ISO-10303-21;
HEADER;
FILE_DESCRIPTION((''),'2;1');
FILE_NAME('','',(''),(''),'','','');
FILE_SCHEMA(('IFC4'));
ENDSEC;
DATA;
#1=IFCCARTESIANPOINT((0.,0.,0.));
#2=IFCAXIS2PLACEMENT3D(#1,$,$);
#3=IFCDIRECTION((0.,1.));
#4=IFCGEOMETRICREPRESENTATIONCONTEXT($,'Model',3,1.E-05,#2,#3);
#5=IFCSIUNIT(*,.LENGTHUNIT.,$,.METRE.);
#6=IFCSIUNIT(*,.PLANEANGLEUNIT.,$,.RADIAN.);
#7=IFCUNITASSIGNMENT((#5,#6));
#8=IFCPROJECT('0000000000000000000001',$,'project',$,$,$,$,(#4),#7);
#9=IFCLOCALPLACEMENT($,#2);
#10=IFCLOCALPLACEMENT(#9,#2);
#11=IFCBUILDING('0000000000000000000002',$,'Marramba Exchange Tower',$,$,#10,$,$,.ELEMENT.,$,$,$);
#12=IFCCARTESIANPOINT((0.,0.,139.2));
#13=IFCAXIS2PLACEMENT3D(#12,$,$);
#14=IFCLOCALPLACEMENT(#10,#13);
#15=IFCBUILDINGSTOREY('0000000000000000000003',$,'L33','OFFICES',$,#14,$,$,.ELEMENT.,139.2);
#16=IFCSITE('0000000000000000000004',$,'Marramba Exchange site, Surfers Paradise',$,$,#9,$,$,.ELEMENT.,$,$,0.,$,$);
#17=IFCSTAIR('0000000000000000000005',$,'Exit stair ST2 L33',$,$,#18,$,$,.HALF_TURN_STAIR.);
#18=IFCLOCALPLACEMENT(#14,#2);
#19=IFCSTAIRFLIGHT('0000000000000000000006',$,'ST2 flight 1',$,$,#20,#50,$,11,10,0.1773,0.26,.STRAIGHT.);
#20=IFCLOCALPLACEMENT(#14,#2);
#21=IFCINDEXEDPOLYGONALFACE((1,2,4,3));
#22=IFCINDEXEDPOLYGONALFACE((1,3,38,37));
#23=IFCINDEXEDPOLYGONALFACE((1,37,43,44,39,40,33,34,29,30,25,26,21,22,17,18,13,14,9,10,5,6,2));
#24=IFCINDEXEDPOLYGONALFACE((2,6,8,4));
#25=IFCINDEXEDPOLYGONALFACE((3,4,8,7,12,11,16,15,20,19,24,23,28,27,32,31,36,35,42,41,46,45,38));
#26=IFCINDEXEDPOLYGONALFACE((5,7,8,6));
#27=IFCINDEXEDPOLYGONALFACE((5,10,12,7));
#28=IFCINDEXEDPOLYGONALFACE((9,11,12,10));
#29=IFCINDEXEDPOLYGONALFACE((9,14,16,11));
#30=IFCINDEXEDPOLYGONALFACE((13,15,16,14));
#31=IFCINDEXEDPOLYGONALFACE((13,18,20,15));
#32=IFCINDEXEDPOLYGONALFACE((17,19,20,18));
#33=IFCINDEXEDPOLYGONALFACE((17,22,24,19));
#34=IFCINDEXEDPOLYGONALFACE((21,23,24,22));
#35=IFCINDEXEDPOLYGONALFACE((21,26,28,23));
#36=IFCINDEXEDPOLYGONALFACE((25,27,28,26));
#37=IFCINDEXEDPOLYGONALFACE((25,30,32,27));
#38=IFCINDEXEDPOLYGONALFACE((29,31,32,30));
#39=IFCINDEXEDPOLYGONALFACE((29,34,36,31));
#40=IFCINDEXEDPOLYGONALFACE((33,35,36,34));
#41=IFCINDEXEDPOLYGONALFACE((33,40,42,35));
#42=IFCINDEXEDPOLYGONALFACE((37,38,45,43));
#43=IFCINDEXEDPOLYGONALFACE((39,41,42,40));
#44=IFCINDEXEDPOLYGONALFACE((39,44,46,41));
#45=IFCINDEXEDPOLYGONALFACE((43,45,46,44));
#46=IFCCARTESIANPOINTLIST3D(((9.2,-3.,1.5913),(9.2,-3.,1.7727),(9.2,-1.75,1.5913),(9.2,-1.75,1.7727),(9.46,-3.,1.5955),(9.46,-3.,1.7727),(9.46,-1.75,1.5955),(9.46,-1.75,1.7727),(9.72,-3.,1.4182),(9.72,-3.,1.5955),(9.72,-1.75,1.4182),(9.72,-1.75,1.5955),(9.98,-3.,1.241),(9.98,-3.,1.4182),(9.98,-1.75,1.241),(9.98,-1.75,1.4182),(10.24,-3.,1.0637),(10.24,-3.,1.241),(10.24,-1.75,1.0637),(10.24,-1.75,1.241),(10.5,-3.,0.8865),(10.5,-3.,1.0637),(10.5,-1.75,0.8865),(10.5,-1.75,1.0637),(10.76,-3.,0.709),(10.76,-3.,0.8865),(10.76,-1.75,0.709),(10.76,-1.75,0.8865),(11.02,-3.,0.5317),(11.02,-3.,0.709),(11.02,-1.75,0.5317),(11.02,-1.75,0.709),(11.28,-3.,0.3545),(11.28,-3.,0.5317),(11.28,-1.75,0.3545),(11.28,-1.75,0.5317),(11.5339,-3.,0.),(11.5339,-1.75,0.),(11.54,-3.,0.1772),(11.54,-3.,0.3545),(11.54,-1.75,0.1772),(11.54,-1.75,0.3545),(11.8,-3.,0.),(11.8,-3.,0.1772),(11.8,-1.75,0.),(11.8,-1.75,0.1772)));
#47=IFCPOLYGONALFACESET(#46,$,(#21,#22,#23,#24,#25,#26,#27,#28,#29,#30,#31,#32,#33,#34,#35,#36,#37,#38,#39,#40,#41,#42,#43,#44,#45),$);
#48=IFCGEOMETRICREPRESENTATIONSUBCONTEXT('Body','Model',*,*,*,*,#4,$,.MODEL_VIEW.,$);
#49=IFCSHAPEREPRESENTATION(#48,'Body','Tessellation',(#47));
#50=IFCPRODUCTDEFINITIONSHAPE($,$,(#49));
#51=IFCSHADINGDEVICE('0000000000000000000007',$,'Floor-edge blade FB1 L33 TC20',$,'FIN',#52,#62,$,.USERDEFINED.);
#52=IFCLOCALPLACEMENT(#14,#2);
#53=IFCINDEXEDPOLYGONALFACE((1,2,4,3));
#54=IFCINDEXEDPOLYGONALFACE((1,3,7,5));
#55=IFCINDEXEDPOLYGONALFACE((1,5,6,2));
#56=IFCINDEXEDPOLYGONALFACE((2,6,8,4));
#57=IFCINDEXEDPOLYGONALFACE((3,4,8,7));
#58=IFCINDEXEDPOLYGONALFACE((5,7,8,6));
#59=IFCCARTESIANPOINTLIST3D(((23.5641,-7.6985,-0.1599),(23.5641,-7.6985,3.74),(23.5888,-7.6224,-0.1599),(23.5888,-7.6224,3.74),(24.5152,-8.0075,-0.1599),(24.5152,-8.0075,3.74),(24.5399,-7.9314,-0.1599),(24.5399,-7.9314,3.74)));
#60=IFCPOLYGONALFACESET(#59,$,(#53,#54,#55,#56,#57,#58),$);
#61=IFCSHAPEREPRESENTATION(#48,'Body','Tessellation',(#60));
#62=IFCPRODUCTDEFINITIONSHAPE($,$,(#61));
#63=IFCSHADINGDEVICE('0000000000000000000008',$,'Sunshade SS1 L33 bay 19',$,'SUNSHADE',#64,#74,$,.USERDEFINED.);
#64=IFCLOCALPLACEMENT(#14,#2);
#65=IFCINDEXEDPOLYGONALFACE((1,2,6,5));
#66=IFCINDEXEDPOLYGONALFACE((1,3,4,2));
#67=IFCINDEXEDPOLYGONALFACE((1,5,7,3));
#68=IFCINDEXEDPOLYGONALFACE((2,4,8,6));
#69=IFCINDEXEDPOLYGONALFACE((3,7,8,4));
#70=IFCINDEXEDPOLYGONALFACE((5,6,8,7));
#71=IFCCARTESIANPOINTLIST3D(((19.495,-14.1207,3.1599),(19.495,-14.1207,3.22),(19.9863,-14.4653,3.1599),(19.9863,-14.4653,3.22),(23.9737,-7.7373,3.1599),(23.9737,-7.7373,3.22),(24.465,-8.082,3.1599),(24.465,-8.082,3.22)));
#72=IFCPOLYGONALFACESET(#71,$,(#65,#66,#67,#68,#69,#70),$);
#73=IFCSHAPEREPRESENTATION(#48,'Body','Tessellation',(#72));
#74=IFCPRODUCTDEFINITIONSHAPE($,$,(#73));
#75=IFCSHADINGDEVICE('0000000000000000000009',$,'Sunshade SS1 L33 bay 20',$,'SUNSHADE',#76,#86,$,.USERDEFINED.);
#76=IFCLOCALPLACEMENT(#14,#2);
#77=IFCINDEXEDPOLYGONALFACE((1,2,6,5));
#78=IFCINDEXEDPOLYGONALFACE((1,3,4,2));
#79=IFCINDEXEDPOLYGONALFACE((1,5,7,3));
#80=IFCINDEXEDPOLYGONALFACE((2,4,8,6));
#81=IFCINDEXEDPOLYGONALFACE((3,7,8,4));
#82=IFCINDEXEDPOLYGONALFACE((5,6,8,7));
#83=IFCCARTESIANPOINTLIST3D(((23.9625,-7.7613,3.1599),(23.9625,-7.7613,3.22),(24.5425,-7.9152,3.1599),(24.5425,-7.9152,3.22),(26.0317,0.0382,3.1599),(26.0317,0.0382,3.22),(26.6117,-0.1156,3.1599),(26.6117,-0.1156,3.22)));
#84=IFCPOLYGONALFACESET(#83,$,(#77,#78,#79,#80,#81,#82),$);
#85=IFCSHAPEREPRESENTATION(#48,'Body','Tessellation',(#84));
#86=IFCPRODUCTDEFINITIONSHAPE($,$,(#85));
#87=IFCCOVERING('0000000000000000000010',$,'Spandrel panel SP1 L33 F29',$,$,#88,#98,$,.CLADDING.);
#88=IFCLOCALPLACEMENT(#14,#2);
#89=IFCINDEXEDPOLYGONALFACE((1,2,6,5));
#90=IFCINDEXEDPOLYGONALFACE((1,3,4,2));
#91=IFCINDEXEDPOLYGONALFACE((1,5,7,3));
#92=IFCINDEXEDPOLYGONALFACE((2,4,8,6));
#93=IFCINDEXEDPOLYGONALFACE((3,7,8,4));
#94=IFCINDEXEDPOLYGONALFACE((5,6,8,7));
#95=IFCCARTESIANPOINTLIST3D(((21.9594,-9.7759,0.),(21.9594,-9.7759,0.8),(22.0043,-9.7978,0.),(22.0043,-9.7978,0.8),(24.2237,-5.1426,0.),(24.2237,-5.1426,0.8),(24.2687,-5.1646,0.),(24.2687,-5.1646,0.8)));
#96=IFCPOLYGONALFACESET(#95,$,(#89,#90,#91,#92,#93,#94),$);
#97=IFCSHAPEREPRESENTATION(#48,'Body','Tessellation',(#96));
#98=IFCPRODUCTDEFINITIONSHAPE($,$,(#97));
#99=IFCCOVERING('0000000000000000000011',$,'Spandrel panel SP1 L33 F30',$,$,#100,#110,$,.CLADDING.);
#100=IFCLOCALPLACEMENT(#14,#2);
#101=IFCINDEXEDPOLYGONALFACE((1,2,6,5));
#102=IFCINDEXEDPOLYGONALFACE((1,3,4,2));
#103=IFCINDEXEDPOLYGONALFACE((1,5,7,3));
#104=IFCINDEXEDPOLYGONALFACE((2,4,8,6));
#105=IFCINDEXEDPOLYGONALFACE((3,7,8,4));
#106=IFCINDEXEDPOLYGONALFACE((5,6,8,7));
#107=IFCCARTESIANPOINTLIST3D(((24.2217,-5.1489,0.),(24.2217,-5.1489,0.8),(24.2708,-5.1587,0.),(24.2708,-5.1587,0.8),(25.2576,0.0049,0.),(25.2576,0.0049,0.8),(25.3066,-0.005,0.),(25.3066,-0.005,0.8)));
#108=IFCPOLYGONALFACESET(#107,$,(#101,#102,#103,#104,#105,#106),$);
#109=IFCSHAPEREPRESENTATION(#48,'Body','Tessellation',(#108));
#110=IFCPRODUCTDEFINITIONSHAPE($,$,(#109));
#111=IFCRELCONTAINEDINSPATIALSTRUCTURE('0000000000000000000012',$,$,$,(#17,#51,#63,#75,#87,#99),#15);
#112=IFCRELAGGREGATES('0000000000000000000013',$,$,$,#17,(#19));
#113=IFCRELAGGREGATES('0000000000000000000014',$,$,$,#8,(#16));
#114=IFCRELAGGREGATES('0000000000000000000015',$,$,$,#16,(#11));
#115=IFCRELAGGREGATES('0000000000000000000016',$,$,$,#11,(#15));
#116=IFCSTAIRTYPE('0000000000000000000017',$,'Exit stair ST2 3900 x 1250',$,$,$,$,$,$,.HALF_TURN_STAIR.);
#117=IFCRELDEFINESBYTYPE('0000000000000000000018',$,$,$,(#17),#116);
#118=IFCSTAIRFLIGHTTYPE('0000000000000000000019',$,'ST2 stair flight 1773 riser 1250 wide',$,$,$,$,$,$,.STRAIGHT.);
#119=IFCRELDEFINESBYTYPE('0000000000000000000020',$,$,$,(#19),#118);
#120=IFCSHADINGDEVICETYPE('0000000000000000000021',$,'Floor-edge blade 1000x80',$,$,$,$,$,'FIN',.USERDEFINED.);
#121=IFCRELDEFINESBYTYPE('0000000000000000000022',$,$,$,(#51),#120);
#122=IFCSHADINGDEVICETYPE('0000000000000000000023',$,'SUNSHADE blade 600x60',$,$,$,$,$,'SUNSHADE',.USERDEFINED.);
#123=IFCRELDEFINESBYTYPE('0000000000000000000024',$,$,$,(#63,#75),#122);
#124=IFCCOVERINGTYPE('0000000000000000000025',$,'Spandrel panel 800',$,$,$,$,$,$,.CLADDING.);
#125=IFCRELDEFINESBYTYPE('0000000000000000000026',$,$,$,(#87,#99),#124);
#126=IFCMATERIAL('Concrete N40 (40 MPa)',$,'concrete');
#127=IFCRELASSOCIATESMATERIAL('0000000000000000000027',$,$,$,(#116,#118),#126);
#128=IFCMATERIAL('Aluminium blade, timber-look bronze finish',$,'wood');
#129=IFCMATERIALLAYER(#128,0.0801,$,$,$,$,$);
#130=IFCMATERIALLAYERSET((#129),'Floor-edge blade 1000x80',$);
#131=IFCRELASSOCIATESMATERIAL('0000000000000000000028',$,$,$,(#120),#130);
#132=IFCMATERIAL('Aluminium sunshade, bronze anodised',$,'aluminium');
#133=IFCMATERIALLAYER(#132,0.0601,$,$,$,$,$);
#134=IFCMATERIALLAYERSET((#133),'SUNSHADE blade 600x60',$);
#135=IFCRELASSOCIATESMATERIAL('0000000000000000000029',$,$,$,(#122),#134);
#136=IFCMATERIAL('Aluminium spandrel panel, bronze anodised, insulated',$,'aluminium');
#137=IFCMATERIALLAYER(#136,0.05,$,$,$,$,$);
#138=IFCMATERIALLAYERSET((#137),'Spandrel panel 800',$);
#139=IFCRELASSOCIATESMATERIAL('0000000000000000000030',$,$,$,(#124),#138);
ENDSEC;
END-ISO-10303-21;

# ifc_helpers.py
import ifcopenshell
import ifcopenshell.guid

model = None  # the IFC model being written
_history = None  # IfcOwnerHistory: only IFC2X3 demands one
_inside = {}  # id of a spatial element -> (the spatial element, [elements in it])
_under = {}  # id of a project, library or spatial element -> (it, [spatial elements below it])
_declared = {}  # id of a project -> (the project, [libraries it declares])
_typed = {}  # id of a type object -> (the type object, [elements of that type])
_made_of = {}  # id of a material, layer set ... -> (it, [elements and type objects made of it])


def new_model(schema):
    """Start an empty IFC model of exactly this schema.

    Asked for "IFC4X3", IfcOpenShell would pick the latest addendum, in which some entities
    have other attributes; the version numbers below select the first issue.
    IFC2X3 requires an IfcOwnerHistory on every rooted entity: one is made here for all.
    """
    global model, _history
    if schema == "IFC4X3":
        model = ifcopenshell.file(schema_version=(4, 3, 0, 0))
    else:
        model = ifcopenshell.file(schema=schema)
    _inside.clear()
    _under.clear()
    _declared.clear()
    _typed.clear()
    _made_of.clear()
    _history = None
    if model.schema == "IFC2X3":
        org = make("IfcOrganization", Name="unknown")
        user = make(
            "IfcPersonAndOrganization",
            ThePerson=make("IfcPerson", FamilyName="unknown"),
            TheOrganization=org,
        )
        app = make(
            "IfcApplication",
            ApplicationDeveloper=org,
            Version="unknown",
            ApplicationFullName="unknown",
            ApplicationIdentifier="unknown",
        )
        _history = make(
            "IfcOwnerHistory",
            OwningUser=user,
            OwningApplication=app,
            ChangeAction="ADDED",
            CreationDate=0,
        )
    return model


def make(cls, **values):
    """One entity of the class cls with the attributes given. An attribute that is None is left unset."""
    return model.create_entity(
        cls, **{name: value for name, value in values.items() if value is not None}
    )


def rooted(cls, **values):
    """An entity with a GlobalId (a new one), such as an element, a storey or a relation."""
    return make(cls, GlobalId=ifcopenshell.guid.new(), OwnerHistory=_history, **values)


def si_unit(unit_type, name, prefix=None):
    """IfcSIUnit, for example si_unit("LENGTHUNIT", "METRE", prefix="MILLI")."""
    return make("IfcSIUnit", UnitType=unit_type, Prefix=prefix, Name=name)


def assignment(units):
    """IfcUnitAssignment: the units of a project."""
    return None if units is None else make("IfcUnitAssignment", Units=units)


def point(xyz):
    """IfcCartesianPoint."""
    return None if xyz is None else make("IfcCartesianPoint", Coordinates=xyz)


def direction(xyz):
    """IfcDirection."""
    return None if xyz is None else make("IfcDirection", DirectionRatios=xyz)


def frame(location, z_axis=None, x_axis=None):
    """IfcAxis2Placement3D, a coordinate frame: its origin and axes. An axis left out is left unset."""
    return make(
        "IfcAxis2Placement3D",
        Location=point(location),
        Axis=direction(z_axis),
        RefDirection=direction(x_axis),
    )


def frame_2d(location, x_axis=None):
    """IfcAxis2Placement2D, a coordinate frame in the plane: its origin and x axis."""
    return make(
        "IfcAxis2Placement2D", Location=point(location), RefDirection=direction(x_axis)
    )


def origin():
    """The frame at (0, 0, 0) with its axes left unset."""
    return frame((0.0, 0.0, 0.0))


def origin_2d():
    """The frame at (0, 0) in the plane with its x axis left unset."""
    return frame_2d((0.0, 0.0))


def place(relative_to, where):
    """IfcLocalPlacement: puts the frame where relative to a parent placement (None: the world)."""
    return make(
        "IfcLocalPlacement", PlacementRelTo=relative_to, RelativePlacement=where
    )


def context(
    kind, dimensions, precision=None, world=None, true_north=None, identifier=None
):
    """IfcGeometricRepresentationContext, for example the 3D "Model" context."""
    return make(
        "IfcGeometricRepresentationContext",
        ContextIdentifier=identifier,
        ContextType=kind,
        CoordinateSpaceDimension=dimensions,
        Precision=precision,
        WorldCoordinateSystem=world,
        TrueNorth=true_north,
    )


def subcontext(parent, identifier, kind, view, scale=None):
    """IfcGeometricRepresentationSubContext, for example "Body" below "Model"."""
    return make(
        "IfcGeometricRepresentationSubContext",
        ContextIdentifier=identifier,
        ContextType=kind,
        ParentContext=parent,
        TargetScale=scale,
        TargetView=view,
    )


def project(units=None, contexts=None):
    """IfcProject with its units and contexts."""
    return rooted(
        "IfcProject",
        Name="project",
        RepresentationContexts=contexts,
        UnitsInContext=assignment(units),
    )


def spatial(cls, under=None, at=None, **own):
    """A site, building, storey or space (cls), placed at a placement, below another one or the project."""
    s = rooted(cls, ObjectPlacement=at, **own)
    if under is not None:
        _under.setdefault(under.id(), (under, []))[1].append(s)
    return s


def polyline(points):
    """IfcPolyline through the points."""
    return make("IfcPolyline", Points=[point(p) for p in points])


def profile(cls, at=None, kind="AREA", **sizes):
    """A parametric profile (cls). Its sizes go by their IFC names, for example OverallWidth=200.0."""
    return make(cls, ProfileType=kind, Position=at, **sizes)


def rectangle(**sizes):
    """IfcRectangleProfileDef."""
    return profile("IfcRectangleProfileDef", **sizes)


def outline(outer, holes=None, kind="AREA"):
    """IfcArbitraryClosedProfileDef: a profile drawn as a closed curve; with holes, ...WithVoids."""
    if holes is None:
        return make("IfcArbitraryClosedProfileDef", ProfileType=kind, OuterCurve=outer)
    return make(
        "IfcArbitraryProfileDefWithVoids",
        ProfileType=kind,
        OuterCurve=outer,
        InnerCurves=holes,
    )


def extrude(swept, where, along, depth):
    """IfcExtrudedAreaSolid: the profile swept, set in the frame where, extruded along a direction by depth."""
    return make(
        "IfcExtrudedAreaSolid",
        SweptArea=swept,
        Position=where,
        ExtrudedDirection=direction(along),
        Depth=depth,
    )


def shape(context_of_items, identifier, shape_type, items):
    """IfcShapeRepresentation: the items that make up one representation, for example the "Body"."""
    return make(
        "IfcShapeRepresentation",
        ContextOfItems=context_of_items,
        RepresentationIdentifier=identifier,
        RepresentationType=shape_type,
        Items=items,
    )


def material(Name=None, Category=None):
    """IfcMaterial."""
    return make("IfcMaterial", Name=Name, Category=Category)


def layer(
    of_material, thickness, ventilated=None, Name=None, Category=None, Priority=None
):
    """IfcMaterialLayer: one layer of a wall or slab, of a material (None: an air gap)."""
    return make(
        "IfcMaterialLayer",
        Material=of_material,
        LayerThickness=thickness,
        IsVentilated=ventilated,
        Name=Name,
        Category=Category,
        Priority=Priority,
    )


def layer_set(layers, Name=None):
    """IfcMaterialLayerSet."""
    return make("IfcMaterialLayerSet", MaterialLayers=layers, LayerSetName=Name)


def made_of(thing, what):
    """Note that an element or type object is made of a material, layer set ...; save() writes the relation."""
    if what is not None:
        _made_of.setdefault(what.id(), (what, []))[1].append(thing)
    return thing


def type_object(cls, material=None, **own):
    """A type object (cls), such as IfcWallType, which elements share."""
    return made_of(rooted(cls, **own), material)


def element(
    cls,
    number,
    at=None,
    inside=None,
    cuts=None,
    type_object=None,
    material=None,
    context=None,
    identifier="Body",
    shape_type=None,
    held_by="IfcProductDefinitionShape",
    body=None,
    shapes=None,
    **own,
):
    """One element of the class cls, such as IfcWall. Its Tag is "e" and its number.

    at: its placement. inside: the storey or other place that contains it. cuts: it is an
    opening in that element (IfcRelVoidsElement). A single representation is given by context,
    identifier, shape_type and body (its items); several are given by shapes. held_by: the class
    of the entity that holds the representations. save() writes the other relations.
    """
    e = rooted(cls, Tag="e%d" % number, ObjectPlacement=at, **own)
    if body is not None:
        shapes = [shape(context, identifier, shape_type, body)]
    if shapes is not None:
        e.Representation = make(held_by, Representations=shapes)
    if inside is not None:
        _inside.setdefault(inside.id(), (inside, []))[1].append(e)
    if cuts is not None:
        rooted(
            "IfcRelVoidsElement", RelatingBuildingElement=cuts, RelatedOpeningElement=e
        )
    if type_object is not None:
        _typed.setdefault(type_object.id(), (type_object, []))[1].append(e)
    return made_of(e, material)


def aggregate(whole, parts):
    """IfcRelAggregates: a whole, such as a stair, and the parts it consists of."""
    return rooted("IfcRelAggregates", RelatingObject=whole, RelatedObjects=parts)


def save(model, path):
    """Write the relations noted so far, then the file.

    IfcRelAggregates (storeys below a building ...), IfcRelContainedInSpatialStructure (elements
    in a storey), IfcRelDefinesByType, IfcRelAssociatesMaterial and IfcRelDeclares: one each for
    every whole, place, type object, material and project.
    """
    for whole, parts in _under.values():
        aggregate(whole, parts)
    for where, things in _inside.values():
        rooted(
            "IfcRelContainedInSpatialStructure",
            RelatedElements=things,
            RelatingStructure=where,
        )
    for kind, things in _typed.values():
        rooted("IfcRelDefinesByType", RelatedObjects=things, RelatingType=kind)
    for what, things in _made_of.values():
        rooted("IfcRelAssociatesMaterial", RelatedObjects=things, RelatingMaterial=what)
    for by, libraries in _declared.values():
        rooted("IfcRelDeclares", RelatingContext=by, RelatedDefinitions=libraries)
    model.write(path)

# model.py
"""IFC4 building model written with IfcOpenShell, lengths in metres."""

from ifc_helpers import new_model, si_unit, direction, frame, origin, origin_2d, place, context, subcontext, project, spatial, polyline, rectangle, outline, extrude, material, layer, layer_set, type_object, element, aggregate, save


model = new_model("IFC4")

# Units and contexts
model_context = context("Model", 3, precision=1e-05, world=origin(), true_north=direction((0.0, 1.0)))
body_context = subcontext(model_context, "Body", "Model", "MODEL_VIEW")
ifc_project = project(units=[si_unit("LENGTHUNIT", "METRE"), si_unit("PLANEANGLEUNIT", "RADIAN")], contexts=[model_context])

# Site, building, storey
site_placement = place(None, origin())
site = spatial("IfcSite", under=ifc_project, at=site_placement, Name="Marramba Exchange site, Surfers Paradise", CompositionType="ELEMENT", RefElevation=0.0)
building_placement = place(site_placement, origin())
building = spatial("IfcBuilding", under=site, at=building_placement, Name="Marramba Exchange Tower", CompositionType="ELEMENT")
storey_placement = place(building_placement, frame((0.0, 0.0, 139.2)))
storey = spatial("IfcBuildingStorey", under=building, at=storey_placement, Name="L33", Description="OFFICES", CompositionType="ELEMENT", Elevation=139.2)

# Stair, stair flight
ifc_material_1 = material(Name="Concrete N40 (40 MPa)", Category="concrete")
stair_type = type_object("IfcStairType", Name="Exit stair ST2 3900 x 1250", PredefinedType="HALF_TURN_STAIR", material=ifc_material_1)
stair_placement = place(storey_placement, origin())
stair = element("IfcStair", 1, at=stair_placement, inside=storey, type_object=stair_type, Name="Exit stair ST2 L33", PredefinedType="HALF_TURN_STAIR")
stair_flight_type = type_object("IfcStairFlightType", Name="ST2 stair flight 1773 riser 1250 wide", PredefinedType="STRAIGHT", material=ifc_material_1)
stair_flight_placement = place(storey_placement, frame((11.8, -2.375, 0.0), z_axis=(0.0, 0.0, 1.0), x_axis=(-1.0, 0.0, 0.0)))
stair_flight = element("IfcStairFlight", 2, at=stair_flight_placement, type_object=stair_flight_type, Name="ST2 flight 1", NumberOfRisers=11, NumberOfTreads=10, PredefinedType="STRAIGHT", RiserHeight=0.1773, TreadLength=0.26, context=body_context, shape_type="SweptSolid", body=[
    extrude(outline(polyline([(0.0, 0.0), (0.0, 0.1772), (0.26, 0.1772), (0.26, 0.3545), (0.52, 0.3545), (0.52, 0.5317), (0.78, 0.5317), (0.78, 0.709), (1.04, 0.709), (1.04, 0.8865), (1.3, 0.8865), (1.3, 1.0637), (1.5601, 1.0637), (1.5601, 1.241), (1.8201, 1.241), (1.8201, 1.4182), (2.0801, 1.4182), (2.0801, 1.5955), (2.3401, 1.5955), (2.3401, 1.7727), (2.6001, 1.7727), (2.6001, 1.95), (2.6001, 1.5913), (0.2661, 0.0), (0.0, 0.0)])), frame((0.0, 0.625, 0.0), z_axis=(0.0, -1.0, 0.0), x_axis=(1.0, 0.0, 0.0)), (0.0, 0.0, 1.0), 1.25),
])
aggregate(stair, [stair_flight])

# Shading devices
ifc_material_2 = material(Name="Aluminium blade, timber-look bronze finish", Category="wood")
ifc_layer_1 = layer(ifc_material_2, 0.0801)
ifc_layer_set_1 = layer_set([ifc_layer_1], Name="Floor-edge blade 1000x80")
shading_device_type_1 = type_object("IfcShadingDeviceType", Name="Floor-edge blade 1000x80", ElementType="FIN", PredefinedType="USERDEFINED", material=ifc_layer_set_1)
shading_device_1_placement = place(storey_placement, frame((24.052, -7.8149, -0.1599), z_axis=(0.0, 0.0, 1.0), x_axis=(0.951057, -0.309017, 0.0)))
element("IfcShadingDevice", 3, at=shading_device_1_placement, inside=storey, type_object=shading_device_type_1, Name="Floor-edge blade FB1 L33 TC20", ObjectType="FIN", PredefinedType="USERDEFINED", context=body_context, shape_type="SweptSolid", body=[
    extrude(rectangle(XDim=1.0, YDim=0.0801, at=origin_2d()), origin(), (0.0, 0.0, 1.0), 3.8999),
])
ifc_material_3 = material(Name="Aluminium sunshade, bronze anodised", Category="aluminium")
ifc_layer_2 = layer(ifc_material_3, 0.0601)
ifc_layer_set_2 = layer_set([ifc_layer_2], Name="SUNSHADE blade 600x60")
shading_device_type_2 = type_object("IfcShadingDeviceType", Name="SUNSHADE blade 600x60", ElementType="SUNSHADE", PredefinedType="USERDEFINED", material=ifc_layer_set_2)
shading_device_2_placement = place(storey_placement, frame((21.98, -11.1013, 3.1599), z_axis=(0.0, 0.0, 1.0), x_axis=(0.574351, 0.818609, 0.0)))
element("IfcShadingDevice", 4, at=shading_device_2_placement, inside=storey, type_object=shading_device_type_2, Name="Sunshade SS1 L33 bay 19", ObjectType="SUNSHADE", PredefinedType="USERDEFINED", context=body_context, shape_type="SweptSolid", body=[
    extrude(rectangle(XDim=7.7979, YDim=0.6001, at=origin_2d()), origin(), (0.0, 0.0, 1.0), 0.0601),
])
shading_device_3_placement = place(storey_placement, frame((25.2871, -3.9385, 3.1599), z_axis=(0.0, 0.0, 1.0), x_axis=(0.256423, 0.966565, 0.0)))
element("IfcShadingDevice", 5, at=shading_device_3_placement, inside=storey, type_object=shading_device_type_2, Name="Sunshade SS1 L33 bay 20", ObjectType="SUNSHADE", PredefinedType="USERDEFINED", context=body_context, shape_type="SweptSolid", body=[
    extrude(rectangle(XDim=8.0693, YDim=0.6001, at=origin_2d()), origin(), (0.0, 0.0, 1.0), 0.0601),
])

# Coverings
ifc_material_4 = material(Name="Aluminium spandrel panel, bronze anodised, insulated", Category="aluminium")
ifc_layer_3 = layer(ifc_material_4, 0.05)
ifc_layer_set_3 = layer_set([ifc_layer_3], Name="Spandrel panel 800")
covering_type = type_object("IfcCoveringType", Name="Spandrel panel 800", PredefinedType="CLADDING", material=ifc_layer_set_3)
covering_1_placement = place(storey_placement, frame((23.114, -7.4702, 0.0), z_axis=(0.0, 0.0, 1.0), x_axis=(0.439086, 0.898445, 0.0)))
element("IfcCovering", 6, at=covering_1_placement, inside=storey, type_object=covering_type, Name="Spandrel panel SP1 L33 F29", PredefinedType="CLADDING", context=body_context, shape_type="SweptSolid", body=[
    extrude(rectangle(XDim=5.157, YDim=0.05, at=origin_2d()), origin(), (0.0, 0.0, 1.0), 0.8),
])
covering_2_placement = place(storey_placement, frame((24.7642, -2.5769, 0.0), z_axis=(0.0, 0.0, 1.0), x_axis=(0.197049, 0.980394, 0.0)))
element("IfcCovering", 7, at=covering_2_placement, inside=storey, type_object=covering_type, Name="Spandrel panel SP1 L33 F30", PredefinedType="CLADDING", context=body_context, shape_type="SweptSolid", body=[
    extrude(rectangle(XDim=5.2568, YDim=0.05, at=origin_2d()), origin(), (0.0, 0.0, 1.0), 0.8),
])

save(model, "model.ifc")
